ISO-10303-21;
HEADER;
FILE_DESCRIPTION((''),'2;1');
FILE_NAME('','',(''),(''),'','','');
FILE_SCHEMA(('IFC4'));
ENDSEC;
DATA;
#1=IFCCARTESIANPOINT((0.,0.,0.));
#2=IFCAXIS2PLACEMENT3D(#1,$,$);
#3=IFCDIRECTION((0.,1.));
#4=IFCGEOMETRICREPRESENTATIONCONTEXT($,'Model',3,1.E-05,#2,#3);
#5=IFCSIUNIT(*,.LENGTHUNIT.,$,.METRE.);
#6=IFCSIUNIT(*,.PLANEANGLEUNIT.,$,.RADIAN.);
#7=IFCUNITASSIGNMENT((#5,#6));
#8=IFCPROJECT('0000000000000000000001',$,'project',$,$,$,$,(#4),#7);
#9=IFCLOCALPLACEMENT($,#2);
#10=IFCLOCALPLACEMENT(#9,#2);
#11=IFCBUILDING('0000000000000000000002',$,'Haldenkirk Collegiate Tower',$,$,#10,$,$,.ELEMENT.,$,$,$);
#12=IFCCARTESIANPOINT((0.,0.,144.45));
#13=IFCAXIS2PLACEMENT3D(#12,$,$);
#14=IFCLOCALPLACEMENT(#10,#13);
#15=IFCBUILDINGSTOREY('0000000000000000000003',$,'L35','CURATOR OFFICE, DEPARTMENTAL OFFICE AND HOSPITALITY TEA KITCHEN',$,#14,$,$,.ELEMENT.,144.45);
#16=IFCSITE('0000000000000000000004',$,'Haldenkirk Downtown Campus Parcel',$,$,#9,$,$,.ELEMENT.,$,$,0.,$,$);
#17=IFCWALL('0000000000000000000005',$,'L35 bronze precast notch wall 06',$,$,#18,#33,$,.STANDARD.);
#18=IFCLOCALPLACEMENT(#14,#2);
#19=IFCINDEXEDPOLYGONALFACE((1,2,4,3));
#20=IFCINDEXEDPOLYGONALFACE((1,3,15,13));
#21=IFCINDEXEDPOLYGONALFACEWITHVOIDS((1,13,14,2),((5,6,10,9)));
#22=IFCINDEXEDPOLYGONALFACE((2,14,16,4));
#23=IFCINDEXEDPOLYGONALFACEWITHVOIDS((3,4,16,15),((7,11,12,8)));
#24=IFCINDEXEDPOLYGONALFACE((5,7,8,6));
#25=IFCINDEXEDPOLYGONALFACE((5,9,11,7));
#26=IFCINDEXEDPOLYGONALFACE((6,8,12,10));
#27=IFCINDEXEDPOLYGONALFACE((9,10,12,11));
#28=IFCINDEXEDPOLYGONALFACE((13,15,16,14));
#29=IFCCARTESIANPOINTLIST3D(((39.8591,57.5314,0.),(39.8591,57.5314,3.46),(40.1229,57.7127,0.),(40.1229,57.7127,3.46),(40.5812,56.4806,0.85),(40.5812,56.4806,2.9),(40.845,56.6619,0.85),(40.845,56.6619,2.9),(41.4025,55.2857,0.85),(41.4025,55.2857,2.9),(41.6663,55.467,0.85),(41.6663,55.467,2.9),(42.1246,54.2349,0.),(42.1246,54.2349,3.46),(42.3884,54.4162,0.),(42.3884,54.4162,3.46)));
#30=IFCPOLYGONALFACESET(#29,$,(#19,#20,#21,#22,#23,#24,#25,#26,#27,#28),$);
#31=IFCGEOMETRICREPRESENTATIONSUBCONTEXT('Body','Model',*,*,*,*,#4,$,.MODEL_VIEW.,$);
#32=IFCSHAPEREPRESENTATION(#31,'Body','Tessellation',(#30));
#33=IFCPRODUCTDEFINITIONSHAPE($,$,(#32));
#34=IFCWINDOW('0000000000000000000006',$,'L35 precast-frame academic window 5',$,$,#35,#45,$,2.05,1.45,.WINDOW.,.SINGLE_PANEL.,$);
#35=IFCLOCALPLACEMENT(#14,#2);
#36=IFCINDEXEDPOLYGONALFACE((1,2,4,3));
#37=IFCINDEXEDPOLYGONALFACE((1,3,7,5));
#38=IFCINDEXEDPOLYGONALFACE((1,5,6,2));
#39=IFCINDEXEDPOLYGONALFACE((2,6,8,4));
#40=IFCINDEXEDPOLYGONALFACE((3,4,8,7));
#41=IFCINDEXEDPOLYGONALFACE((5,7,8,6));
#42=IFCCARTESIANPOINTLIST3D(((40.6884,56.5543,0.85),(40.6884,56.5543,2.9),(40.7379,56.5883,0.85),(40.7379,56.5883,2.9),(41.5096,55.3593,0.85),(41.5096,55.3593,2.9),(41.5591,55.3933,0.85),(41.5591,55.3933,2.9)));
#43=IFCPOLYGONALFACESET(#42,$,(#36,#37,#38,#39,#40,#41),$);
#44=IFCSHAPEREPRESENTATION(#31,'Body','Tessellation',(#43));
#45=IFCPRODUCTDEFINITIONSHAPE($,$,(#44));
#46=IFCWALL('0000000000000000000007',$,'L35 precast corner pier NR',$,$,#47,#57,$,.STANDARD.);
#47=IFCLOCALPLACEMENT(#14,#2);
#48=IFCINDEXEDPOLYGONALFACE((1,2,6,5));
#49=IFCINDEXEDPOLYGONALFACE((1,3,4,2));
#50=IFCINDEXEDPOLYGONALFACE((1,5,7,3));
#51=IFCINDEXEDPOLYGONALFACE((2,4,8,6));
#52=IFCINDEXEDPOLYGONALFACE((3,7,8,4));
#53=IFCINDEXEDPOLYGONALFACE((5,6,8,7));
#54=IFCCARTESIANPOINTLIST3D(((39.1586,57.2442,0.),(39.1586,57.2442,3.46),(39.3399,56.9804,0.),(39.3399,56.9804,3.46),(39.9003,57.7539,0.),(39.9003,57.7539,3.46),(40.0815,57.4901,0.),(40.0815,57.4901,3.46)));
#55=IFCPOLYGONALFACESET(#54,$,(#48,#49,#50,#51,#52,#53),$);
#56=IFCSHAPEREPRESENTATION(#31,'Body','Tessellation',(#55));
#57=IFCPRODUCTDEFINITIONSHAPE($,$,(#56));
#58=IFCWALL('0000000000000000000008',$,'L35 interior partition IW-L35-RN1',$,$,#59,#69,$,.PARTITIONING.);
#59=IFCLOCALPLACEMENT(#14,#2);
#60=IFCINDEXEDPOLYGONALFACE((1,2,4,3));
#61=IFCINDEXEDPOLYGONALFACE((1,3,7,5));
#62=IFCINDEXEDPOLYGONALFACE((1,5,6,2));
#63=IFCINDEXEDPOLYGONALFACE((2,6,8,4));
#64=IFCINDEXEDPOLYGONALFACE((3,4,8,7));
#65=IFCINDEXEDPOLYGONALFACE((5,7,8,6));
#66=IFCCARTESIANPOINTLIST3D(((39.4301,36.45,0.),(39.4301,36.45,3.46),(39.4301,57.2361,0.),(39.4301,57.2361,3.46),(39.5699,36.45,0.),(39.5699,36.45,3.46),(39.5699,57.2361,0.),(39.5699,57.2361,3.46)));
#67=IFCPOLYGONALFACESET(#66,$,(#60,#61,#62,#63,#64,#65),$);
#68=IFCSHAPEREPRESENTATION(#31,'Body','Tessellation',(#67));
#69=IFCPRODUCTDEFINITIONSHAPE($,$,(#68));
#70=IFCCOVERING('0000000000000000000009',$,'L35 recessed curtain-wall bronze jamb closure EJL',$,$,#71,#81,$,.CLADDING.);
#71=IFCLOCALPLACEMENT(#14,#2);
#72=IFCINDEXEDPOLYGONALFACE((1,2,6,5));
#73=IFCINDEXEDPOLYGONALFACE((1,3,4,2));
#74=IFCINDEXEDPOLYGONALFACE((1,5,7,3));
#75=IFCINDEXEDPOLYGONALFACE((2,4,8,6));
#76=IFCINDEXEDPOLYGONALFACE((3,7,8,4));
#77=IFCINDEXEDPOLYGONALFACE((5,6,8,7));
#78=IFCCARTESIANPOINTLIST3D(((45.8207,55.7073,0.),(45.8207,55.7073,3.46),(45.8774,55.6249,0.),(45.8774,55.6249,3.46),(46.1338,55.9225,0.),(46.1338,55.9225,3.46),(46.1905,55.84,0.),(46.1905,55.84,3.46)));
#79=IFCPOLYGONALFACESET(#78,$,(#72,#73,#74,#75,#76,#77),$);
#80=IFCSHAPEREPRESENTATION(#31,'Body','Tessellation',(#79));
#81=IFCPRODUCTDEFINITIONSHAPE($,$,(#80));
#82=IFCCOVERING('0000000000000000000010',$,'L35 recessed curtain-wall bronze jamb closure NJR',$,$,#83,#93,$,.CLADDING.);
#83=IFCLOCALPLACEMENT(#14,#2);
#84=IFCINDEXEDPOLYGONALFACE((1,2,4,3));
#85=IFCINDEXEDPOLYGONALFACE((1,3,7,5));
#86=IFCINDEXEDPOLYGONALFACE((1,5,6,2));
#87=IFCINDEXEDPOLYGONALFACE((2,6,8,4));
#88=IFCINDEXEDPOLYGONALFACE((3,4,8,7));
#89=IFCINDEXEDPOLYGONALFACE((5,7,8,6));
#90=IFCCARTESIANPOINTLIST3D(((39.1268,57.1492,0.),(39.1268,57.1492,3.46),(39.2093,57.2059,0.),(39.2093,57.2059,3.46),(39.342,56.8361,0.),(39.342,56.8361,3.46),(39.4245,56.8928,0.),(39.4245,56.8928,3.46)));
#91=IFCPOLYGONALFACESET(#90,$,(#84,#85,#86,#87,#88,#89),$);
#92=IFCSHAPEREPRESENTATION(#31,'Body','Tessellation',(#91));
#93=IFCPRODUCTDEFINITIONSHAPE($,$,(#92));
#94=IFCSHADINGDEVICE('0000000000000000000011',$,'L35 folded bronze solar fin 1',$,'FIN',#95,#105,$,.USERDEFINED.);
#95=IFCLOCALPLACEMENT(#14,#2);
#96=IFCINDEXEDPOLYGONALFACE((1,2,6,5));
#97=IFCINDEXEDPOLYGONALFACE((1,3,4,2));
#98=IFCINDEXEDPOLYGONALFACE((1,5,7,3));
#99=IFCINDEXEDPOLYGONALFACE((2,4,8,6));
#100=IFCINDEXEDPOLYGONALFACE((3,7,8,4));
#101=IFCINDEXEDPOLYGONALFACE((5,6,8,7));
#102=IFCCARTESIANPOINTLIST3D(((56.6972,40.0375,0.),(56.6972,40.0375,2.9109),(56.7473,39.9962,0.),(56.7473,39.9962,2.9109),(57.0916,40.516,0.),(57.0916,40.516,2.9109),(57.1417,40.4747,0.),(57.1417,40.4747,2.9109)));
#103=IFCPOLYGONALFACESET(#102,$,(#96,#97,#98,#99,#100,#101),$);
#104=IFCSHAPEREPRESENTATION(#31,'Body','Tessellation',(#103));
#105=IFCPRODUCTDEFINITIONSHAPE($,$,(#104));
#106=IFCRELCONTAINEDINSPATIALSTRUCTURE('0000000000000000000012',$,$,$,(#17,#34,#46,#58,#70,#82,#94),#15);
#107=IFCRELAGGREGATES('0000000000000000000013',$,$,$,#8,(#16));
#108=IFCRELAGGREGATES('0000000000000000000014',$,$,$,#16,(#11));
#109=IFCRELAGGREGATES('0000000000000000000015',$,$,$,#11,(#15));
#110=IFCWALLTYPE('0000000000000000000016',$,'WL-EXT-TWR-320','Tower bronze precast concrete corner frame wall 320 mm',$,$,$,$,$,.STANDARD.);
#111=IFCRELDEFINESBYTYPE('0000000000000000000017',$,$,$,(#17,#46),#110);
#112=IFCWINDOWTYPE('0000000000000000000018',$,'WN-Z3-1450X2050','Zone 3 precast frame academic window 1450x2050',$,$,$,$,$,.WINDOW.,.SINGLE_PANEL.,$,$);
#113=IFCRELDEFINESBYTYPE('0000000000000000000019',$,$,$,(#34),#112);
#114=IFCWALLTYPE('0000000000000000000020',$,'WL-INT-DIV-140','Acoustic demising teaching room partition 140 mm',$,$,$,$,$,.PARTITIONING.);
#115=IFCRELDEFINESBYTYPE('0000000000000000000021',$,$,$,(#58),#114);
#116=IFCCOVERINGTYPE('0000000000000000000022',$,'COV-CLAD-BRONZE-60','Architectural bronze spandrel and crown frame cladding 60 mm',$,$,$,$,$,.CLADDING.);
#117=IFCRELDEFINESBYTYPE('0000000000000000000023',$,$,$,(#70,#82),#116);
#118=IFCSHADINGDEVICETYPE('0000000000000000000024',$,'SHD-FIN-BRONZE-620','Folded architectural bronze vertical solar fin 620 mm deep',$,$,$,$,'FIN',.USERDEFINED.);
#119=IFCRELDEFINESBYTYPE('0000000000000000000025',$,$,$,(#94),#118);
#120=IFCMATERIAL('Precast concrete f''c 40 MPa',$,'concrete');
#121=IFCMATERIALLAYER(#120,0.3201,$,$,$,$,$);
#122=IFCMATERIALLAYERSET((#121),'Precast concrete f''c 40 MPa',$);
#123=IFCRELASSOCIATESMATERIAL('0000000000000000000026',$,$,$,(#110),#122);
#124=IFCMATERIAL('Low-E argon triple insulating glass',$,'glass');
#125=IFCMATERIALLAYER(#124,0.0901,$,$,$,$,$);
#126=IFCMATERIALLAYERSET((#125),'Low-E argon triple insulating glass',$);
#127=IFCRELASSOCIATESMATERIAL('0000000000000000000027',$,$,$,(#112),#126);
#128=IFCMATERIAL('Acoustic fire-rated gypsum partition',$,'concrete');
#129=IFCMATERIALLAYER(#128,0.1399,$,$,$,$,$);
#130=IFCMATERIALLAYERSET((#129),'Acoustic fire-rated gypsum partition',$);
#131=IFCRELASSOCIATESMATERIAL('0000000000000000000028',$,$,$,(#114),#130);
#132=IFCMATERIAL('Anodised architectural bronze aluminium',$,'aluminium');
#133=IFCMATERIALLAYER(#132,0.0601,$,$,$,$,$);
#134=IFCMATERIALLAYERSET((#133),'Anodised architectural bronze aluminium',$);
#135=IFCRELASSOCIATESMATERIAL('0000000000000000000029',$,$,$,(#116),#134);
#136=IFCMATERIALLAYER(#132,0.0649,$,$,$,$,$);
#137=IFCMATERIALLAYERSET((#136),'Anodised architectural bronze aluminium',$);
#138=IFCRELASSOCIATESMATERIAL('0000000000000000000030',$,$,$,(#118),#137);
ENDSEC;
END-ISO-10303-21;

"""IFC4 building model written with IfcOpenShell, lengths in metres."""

from ifc_helpers import new_model, si_unit, direction, frame, frame_2d, origin, origin_2d, place, context, subcontext, project, spatial, rectangle, extrude, source, transform, mapped, material, layer, layer_set, type_object, element, fill, save


model = new_model("IFC4")

# Units and contexts
model_context = context("Model", 3, precision=1e-05, world=origin(), true_north=direction((0.0, 1.0)))
body_context = subcontext(model_context, "Body", "Model", "MODEL_VIEW")
ifc_project = project(units=[si_unit("LENGTHUNIT", "METRE"), si_unit("PLANEANGLEUNIT", "RADIAN")], contexts=[model_context])

# Site, building, storey
site_placement = place(None, origin())
site = spatial("IfcSite", under=ifc_project, at=site_placement, Name="Haldenkirk Downtown Campus Parcel", CompositionType="ELEMENT", RefElevation=0.0)
building_placement = place(site_placement, origin())
building = spatial("IfcBuilding", under=site, at=building_placement, Name="Haldenkirk Collegiate Tower", CompositionType="ELEMENT")
storey_placement = place(building_placement, frame((0.0, 0.0, 144.45)))
storey = spatial("IfcBuildingStorey", under=building, at=storey_placement, Name="L35", Description="CURATOR OFFICE, DEPARTMENTAL OFFICE AND HOSPITALITY TEA KITCHEN", CompositionType="ELEMENT", Elevation=144.45)

# Shared definitions
ifc_material_1 = material(Name="Anodised architectural bronze aluminium", Category="aluminium")

# Shared definitions
ifc_material_2 = material(Name="Low-E argon triple insulating glass", Category="glass")

# Shared definitions
ifc_material_3 = material(Name="Precast concrete f'c 40 MPa", Category="concrete")
ifc_layer_1 = layer(ifc_material_3, 0.3201)
ifc_layer_set_1 = layer_set([ifc_layer_1], Name="Precast concrete f'c 40 MPa")
wall_type_1 = type_object("IfcWallType", Name="WL-EXT-TWR-320", Description="Tower bronze precast concrete corner frame wall 320 mm", PredefinedType="STANDARD", material=ifc_layer_set_1)

# Wall, opening, window
wall_1_placement = place(storey_placement, frame((39.991, 57.6221, 0.0), z_axis=(0.0, 0.0, 1.0), x_axis=(0.566392, -0.824136, 0.0)))
wall_1 = element("IfcWall", 1, at=wall_1_placement, inside=storey, type_object=wall_type_1, Name="L35 bronze precast notch wall 06", PredefinedType="STANDARD", context=body_context, shape_type="SweptSolid", body=[
    extrude(rectangle(XDim=4.0, YDim=0.3201, at=frame_2d((2.0, 0.0))), origin(), (0.0, 0.0, 1.0), 3.46),
])
opening_placement = place(wall_1_placement, frame((1.2749, 0.0, 0.8501)))
opening = element("IfcOpeningElement", 2, at=opening_placement, cuts=wall_1, PredefinedType="OPENING", context=body_context, shape_type="SweptSolid", body=[
    extrude(rectangle(XDim=1.45, YDim=2.05, at=frame_2d((0.7251, 1.0249))), frame((0.0, 0.1699, 0.0), z_axis=(0.0, -1.0, 0.0), x_axis=(1.0, 0.0, 0.0)), (0.0, 0.0, 1.0), 0.3401),
])
ifc_layer_2 = layer(ifc_material_2, 0.0901)
ifc_layer_set_2 = layer_set([ifc_layer_2], Name="Low-E argon triple insulating glass")
window_type = type_object("IfcWindowType", Name="WN-Z3-1450X2050", Description="Zone 3 precast frame academic window 1450x2050", PartitioningType="SINGLE_PANEL", PredefinedType="WINDOW", material=ifc_layer_set_2)
window_placement = place(opening_placement, origin())
window = element("IfcWindow", 3, at=window_placement, inside=storey, type_object=window_type, Name="L35 precast-frame academic window 5", OverallHeight=2.05, OverallWidth=1.45, PartitioningType="SINGLE_PANEL", PredefinedType="WINDOW", context=body_context, shape_type="SweptSolid", body=[
    extrude(rectangle(XDim=1.45, YDim=2.05, at=frame_2d((0.7251, 1.0249))), frame((0.0, 0.03, 0.0), z_axis=(0.0, -1.0, 0.0), x_axis=(1.0, 0.0, 0.0)), (0.0, 0.0, 1.0), 0.0601),
])
fill(opening, window)

# Walls
wall_2_placement = place(storey_placement, frame((39.2493, 57.1123, 0.0), z_axis=(0.0, 0.0, 1.0), x_axis=(0.824121, 0.566414, 0.0)))
element("IfcWall", 4, at=wall_2_placement, inside=storey, type_object=wall_type_1, Name="L35 precast corner pier NR", PredefinedType="STANDARD", context=body_context, shape_type="SweptSolid", body=[
    extrude(rectangle(XDim=0.8999, YDim=0.3201, at=frame_2d((0.45, 0.0))), origin(), (0.0, 0.0, 1.0), 3.46),
])
ifc_material_4 = material(Name="Acoustic fire-rated gypsum partition", Category="concrete")
ifc_layer_3 = layer(ifc_material_4, 0.1399)
ifc_layer_set_3 = layer_set([ifc_layer_3], Name="Acoustic fire-rated gypsum partition")
wall_type_2 = type_object("IfcWallType", Name="WL-INT-DIV-140", Description="Acoustic demising teaching room partition 140 mm", PredefinedType="PARTITIONING", material=ifc_layer_set_3)
wall_3_placement = place(storey_placement, frame((39.5, 36.45, 0.0), z_axis=(0.0, 0.0, 1.0), x_axis=(0.0, 1.0, 0.0)))
element("IfcWall", 5, at=wall_3_placement, inside=storey, type_object=wall_type_2, Name="L35 interior partition IW-L35-RN1", PredefinedType="PARTITIONING", context=body_context, shape_type="SweptSolid", body=[
    extrude(rectangle(XDim=20.7861, YDim=0.1399, at=frame_2d((10.3931, 0.0))), origin(), (0.0, 0.0, 1.0), 3.46),
])

# Coverings
ifc_layer_4 = layer(ifc_material_1, 0.0601)
ifc_layer_set_4 = layer_set([ifc_layer_4], Name="Anodised architectural bronze aluminium")
covering_type = type_object("IfcCoveringType", Name="COV-CLAD-BRONZE-60", Description="Architectural bronze spandrel and crown frame cladding 60 mm", PredefinedType="CLADDING", material=ifc_layer_set_4)
shared_shape_1 = source(origin(), body_context, "Body", "SweptSolid", [
    extrude(rectangle(XDim=0.1001, YDim=0.3799, at=origin_2d()), origin(), (0.0, 0.0, 1.0), 3.46),
])
for number, where, z_axis, x_axis, name in (
    (6, (46.0056, 55.7737, 0.0), (0.0, 0.0, 1.0), (0.566406, -0.824126, 0.0), "L35 recessed curtain-wall bronze jamb closure EJL"),
    (7, (39.2756, 57.021, 0.0), (0.0, 0.0, 1.0), (0.824126, 0.566406, 0.0), "L35 recessed curtain-wall bronze jamb closure NJR"),
):
    element("IfcCovering", number, at=place(storey_placement, frame(where, z_axis=z_axis, x_axis=x_axis)), inside=storey, type_object=covering_type, Name=name, PredefinedType="CLADDING", context=body_context, shape_type="MappedRepresentation", body=[
        mapped(shared_shape_1, transform((0.0, 0.0, 0.0), x_axis=(1.0, 0.0, 0.0), y_axis=(0.0, 1.0, 0.0), z_axis=(0.0, 0.0, 1.0), scale=1.0)),
    ])

# Shading device
ifc_layer_5 = layer(ifc_material_1, 0.0649)
ifc_layer_set_5 = layer_set([ifc_layer_5], Name="Anodised architectural bronze aluminium")
shading_device_type = type_object("IfcShadingDeviceType", Name="SHD-FIN-BRONZE-620", Description="Folded architectural bronze vertical solar fin 620 mm deep", ElementType="FIN", PredefinedType="USERDEFINED", material=ifc_layer_set_5)
shared_shape_2 = source(origin(), body_context, "Body", "SweptSolid", [
    extrude(rectangle(XDim=0.6201, YDim=0.0649, at=origin_2d()), origin(), (0.0, 0.0, 1.0), 2.9109),
])
shading_device_placement = place(storey_placement, frame((56.9194, 40.2561, 0.0), z_axis=(0.0, 0.0, 1.0), x_axis=(0.636078, 0.771625, 0.0)))
element("IfcShadingDevice", 8, at=shading_device_placement, inside=storey, type_object=shading_device_type, Name="L35 folded bronze solar fin 1", ObjectType="FIN", PredefinedType="USERDEFINED", context=body_context, shape_type="MappedRepresentation", body=[
    mapped(shared_shape_2, transform((0.0, 0.0, 0.0), x_axis=(1.0, 0.0, 0.0), y_axis=(0.0, 1.0, 0.0), z_axis=(0.0, 0.0, 1.0), scale=1.0)),
])

save(model, "model.ifc")
